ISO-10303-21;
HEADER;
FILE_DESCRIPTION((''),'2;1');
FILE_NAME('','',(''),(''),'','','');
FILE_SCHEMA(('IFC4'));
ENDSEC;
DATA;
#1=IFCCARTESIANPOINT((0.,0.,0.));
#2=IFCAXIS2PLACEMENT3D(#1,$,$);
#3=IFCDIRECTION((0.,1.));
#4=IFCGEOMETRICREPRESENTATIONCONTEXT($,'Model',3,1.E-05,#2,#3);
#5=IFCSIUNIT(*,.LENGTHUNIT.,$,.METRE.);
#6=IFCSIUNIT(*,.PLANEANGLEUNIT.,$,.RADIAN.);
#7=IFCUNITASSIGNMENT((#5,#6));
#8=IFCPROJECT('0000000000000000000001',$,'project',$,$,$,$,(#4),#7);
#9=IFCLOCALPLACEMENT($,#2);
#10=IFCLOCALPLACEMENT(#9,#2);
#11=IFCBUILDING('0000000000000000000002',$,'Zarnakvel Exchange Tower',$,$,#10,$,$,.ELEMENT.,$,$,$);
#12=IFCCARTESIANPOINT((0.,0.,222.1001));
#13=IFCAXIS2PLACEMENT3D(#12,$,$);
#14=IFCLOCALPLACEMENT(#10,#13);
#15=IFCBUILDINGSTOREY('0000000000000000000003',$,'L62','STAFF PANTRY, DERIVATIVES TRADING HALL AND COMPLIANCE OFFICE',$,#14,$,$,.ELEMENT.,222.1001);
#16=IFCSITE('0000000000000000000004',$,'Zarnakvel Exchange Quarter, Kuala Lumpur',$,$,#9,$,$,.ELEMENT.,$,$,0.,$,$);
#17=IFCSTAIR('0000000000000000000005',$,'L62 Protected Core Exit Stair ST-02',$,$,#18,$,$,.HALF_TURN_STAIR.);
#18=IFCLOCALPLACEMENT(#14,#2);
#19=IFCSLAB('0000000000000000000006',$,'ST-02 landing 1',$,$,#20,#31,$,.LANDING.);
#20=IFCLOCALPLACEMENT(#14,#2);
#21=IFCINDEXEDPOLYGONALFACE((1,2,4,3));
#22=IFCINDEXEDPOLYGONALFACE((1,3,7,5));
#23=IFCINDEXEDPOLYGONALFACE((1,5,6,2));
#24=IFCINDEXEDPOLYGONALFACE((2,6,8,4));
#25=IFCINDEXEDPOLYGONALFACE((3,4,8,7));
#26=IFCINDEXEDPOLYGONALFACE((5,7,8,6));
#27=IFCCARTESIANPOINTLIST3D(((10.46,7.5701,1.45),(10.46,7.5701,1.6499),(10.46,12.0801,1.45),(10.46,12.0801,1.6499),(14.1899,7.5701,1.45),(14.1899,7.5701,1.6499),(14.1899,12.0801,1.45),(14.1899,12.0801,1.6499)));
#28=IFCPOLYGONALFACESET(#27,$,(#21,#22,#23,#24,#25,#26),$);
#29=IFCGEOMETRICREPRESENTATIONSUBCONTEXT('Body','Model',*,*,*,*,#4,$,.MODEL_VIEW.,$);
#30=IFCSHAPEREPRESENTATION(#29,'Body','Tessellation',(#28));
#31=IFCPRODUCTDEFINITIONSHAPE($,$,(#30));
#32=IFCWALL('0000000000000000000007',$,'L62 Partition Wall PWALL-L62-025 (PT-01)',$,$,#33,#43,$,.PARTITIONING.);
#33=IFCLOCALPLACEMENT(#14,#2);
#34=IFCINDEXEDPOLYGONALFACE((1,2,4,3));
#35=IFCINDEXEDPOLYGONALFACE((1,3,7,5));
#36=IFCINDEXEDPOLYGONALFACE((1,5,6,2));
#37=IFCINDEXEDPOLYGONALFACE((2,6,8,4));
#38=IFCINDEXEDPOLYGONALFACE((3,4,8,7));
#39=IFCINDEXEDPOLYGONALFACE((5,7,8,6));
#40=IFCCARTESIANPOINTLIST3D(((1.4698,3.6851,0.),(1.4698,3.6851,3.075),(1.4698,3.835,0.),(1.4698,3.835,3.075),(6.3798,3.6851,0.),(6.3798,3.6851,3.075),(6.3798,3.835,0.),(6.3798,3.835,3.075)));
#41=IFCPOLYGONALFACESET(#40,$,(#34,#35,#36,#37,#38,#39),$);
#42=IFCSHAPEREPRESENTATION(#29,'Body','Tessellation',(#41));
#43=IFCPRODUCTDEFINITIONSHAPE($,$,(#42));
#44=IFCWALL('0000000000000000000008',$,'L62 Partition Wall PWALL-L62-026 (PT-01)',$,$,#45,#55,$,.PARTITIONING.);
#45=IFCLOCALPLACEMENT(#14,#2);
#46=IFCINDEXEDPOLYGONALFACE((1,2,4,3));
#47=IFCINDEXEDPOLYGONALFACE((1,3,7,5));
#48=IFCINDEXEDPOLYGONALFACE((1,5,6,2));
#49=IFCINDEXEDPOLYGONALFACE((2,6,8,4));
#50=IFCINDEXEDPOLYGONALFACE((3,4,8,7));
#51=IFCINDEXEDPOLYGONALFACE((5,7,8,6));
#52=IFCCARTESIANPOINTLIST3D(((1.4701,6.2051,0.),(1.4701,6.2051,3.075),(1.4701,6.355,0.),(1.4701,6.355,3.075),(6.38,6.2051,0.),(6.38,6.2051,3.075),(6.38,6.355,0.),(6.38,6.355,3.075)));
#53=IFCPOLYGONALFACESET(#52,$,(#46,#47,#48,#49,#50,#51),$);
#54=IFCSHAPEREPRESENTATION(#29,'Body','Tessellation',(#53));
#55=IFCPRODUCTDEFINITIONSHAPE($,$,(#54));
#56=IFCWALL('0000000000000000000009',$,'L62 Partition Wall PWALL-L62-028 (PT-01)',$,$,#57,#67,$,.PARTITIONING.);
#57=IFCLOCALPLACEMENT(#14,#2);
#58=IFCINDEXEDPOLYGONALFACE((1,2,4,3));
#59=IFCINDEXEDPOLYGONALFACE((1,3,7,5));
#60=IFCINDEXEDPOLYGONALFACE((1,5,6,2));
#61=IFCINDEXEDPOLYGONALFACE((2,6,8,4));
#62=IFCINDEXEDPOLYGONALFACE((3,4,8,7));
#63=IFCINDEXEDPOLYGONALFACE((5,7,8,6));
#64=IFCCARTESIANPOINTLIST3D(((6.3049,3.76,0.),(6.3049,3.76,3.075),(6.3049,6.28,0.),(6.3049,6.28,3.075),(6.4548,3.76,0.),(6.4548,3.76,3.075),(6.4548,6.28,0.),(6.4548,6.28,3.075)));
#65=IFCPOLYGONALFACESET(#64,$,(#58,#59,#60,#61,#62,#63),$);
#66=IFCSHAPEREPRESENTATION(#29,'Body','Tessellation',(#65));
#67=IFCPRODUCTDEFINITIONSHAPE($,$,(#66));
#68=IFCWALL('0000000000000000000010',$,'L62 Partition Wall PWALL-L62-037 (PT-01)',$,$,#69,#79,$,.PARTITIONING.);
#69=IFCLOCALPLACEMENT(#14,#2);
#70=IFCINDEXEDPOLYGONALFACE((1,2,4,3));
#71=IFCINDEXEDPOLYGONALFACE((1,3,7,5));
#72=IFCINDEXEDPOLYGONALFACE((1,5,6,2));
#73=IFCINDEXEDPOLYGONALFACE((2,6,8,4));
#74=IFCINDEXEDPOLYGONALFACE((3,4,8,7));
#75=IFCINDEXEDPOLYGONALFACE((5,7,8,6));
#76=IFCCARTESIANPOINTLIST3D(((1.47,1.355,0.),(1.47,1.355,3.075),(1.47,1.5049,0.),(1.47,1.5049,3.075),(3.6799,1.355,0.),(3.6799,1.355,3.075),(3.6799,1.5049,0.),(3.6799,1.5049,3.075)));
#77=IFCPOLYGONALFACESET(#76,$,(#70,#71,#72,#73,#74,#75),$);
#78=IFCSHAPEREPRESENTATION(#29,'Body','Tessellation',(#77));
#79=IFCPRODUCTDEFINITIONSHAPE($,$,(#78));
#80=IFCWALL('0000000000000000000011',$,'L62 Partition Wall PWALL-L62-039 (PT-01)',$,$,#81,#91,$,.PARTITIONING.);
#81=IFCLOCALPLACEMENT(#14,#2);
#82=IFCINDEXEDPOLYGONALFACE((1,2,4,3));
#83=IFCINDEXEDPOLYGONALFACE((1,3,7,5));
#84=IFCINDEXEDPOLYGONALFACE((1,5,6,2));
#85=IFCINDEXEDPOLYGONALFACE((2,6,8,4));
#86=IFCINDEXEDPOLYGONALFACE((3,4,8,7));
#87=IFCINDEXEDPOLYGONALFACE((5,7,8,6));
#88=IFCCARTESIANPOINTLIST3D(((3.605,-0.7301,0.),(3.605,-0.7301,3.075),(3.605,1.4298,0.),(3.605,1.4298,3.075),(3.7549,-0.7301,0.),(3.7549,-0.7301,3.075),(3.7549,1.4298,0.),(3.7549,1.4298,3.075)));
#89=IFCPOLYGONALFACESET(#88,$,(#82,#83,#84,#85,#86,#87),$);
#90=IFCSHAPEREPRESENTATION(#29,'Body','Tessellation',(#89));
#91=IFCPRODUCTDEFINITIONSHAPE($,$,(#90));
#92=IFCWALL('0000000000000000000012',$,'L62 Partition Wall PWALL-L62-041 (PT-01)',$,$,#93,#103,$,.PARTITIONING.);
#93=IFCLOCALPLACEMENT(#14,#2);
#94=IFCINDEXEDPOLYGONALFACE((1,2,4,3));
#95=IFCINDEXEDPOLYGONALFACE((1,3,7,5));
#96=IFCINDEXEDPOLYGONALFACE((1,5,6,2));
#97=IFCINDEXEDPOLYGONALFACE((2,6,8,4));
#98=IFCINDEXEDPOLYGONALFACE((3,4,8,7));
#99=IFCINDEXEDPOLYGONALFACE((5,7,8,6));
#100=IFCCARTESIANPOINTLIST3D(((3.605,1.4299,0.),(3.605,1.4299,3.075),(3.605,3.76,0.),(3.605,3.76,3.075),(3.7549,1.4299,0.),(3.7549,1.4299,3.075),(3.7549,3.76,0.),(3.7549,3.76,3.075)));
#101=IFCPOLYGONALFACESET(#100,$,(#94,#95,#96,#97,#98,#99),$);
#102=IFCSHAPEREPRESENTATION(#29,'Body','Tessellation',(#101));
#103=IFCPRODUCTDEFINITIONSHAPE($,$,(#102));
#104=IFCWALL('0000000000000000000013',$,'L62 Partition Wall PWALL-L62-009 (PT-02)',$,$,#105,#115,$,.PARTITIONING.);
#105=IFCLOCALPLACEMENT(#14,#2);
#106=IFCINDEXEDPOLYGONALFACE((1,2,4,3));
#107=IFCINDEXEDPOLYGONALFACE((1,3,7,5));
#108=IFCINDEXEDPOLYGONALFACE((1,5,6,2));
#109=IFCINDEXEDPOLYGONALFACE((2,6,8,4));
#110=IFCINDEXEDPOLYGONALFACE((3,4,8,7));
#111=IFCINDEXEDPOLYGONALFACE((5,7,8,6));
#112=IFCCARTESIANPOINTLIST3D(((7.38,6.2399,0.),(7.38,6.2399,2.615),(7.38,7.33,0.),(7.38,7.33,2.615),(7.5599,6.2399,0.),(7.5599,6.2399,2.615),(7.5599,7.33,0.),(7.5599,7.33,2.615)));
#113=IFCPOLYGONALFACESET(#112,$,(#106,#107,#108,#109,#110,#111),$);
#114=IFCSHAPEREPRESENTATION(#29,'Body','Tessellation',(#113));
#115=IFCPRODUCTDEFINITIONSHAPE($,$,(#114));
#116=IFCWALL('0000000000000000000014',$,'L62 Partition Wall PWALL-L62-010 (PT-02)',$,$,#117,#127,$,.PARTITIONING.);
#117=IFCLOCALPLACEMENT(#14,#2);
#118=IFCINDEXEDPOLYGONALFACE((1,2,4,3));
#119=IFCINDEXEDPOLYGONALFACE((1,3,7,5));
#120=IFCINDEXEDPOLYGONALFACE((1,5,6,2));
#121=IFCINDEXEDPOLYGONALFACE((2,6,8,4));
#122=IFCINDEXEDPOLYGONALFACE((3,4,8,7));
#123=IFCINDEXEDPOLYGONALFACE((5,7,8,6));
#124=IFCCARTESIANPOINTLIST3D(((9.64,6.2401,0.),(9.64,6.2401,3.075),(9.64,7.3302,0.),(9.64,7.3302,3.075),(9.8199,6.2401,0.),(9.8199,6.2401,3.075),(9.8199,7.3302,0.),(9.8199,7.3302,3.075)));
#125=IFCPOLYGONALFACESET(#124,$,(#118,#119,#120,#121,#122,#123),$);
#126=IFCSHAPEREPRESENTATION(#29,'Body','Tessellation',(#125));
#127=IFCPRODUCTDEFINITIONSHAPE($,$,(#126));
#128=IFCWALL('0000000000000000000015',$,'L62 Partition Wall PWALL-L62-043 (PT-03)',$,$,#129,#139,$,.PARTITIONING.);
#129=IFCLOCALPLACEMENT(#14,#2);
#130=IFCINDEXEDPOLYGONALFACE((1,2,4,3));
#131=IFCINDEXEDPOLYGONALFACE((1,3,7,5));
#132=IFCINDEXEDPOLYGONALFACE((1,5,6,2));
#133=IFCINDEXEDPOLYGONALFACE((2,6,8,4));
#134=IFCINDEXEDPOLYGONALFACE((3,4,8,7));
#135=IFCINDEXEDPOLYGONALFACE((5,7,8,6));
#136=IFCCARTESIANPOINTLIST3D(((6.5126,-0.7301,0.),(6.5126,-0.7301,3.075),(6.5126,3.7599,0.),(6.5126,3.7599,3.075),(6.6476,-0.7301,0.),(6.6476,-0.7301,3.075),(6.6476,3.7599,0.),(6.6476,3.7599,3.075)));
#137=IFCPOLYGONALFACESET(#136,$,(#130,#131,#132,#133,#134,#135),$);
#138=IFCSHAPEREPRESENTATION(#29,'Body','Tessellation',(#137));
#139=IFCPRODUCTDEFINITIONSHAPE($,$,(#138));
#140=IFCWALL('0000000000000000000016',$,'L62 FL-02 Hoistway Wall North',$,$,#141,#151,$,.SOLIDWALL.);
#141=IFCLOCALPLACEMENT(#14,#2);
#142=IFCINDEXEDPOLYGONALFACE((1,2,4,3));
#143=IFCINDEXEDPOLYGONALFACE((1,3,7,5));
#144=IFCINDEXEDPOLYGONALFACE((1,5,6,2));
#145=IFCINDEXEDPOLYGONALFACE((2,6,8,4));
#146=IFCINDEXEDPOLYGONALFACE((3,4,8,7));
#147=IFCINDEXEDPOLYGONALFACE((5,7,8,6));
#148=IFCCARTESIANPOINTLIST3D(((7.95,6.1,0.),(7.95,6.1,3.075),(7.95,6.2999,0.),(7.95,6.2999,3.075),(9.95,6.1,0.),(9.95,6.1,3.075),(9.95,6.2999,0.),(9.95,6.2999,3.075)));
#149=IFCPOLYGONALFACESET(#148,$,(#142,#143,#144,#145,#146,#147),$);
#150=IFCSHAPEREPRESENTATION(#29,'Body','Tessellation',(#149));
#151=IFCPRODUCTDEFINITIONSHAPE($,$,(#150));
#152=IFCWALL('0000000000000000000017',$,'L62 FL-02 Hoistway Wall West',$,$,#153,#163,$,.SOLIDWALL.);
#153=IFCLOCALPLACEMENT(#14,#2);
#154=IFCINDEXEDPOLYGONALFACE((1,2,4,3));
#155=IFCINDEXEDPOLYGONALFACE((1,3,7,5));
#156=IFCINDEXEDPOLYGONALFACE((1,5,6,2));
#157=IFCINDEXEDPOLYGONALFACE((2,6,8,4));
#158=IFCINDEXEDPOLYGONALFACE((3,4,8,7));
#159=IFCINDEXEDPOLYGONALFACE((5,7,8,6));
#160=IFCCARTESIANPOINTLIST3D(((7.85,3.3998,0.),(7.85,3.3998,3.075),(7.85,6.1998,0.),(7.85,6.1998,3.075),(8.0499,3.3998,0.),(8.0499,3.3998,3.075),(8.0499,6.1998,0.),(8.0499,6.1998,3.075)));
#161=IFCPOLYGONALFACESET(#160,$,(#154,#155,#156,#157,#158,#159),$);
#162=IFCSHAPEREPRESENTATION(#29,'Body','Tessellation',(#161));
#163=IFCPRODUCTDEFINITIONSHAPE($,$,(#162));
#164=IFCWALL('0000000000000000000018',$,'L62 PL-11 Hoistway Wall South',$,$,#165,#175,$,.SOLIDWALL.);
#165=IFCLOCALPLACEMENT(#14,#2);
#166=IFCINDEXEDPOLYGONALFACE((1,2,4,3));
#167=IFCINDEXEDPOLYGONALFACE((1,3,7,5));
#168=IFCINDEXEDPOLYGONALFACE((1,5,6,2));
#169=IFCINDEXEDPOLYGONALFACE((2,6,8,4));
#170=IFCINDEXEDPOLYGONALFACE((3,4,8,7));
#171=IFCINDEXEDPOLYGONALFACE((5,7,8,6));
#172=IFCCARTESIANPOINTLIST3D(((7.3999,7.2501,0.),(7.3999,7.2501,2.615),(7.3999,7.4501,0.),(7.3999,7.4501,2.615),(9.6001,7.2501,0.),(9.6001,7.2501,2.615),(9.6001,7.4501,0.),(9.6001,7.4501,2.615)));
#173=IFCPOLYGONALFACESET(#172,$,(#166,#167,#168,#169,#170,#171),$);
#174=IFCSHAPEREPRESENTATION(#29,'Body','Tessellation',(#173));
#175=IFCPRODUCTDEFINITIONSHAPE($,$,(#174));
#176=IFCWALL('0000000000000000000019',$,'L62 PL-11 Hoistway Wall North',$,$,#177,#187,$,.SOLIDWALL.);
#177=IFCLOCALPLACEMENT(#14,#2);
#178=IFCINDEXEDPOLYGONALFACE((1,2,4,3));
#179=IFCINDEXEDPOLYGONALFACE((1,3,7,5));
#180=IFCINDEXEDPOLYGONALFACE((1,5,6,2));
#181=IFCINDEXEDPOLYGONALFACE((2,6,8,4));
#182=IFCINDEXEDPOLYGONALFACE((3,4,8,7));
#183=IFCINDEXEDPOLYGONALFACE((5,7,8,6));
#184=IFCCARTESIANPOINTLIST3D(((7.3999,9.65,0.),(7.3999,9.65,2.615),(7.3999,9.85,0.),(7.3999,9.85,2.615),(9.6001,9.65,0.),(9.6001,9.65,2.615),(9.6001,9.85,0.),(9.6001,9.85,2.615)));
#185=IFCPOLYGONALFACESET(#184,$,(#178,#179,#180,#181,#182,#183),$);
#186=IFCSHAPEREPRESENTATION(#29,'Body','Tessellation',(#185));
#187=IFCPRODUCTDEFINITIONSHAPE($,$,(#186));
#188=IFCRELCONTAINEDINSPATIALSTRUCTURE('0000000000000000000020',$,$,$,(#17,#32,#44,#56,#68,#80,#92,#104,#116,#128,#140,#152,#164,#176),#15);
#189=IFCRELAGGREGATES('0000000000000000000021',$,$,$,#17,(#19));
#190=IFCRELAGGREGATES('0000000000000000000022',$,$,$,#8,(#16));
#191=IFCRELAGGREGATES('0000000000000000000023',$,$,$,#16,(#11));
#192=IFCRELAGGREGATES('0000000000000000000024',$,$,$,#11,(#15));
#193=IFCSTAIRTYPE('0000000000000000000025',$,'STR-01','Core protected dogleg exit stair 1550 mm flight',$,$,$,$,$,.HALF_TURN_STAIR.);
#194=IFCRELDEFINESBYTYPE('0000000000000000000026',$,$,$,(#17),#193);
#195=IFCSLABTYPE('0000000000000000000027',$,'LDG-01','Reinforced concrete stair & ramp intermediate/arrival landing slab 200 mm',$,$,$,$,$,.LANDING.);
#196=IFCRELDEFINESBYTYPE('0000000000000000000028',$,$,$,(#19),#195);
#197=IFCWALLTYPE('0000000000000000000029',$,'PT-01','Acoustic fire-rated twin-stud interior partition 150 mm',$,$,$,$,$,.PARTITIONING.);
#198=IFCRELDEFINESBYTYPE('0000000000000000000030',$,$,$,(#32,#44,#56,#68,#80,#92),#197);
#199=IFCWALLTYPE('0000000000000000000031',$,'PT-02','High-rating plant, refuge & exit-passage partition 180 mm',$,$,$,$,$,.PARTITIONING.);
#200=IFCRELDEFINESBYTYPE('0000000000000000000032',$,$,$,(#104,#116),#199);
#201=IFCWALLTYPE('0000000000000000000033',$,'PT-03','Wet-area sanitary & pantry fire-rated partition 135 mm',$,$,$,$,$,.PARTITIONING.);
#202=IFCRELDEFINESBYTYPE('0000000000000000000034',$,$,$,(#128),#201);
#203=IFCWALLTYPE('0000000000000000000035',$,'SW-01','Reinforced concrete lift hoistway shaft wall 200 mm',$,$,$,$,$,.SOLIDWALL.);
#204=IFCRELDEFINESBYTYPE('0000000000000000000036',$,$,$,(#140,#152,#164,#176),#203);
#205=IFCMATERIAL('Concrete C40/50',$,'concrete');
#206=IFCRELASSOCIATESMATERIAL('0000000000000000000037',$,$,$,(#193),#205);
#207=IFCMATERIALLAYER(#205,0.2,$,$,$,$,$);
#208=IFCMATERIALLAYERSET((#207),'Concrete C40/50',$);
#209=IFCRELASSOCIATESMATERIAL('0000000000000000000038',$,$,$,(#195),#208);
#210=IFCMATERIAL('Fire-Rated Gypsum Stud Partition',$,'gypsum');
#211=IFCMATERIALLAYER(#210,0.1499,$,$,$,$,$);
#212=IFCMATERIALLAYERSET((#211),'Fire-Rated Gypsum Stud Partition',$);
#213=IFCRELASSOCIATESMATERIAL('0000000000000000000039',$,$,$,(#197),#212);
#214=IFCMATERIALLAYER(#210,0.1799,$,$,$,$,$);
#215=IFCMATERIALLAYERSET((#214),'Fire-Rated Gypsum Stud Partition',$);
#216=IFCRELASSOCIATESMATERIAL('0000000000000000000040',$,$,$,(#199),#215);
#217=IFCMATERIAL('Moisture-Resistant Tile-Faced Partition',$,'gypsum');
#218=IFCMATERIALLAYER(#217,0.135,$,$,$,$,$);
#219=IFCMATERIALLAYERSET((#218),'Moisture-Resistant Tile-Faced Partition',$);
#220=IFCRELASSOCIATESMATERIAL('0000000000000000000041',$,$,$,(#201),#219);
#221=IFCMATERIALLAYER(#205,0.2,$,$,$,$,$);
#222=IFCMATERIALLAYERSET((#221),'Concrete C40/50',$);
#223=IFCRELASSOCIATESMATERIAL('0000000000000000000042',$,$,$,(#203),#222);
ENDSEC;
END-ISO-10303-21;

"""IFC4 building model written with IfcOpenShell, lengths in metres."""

from ifc_helpers import new_model, si_unit, direction, frame, frame_2d, origin, place, context, subcontext, project, spatial, polyline, rectangle, outline, extrude, material, layer, layer_set, type_object, element, aggregate, save


model = new_model("IFC4")

# Units and contexts
model_context = context("Model", 3, precision=1e-05, world=origin(), true_north=direction((0.0, 1.0)))
body_context = subcontext(model_context, "Body", "Model", "MODEL_VIEW")
ifc_project = project(units=[si_unit("LENGTHUNIT", "METRE"), si_unit("PLANEANGLEUNIT", "RADIAN")], contexts=[model_context])

# Site, building, storey
site_placement = place(None, origin())
site = spatial("IfcSite", under=ifc_project, at=site_placement, Name="Zarnakvel Exchange Quarter, Kuala Lumpur", CompositionType="ELEMENT", RefElevation=0.0)
building_placement = place(site_placement, origin())
building = spatial("IfcBuilding", under=site, at=building_placement, Name="Zarnakvel Exchange Tower", CompositionType="ELEMENT")
storey_placement = place(building_placement, frame((0.0, 0.0, 222.1001)))
storey = spatial("IfcBuildingStorey", under=building, at=storey_placement, Name="L62", Description="STAFF PANTRY, DERIVATIVES TRADING HALL AND COMPLIANCE OFFICE", CompositionType="ELEMENT", Elevation=222.1001)

# Stair, slab
ifc_material_1 = material(Name="Concrete C40/50", Category="concrete")
stair_type = type_object("IfcStairType", Name="STR-01", Description="Core protected dogleg exit stair 1550 mm flight", PredefinedType="HALF_TURN_STAIR", material=ifc_material_1)
stair_placement = place(storey_placement, origin())
stair = element("IfcStair", 1, at=stair_placement, inside=storey, type_object=stair_type, Name="L62 Protected Core Exit Stair ST-02", PredefinedType="HALF_TURN_STAIR")
ifc_layer_1 = layer(ifc_material_1, 0.2)
ifc_layer_set_1 = layer_set([ifc_layer_1], Name="Concrete C40/50")
slab_type = type_object("IfcSlabType", Name="LDG-01", Description="Reinforced concrete stair & ramp intermediate/arrival landing slab 200 mm", PredefinedType="LANDING", material=ifc_layer_set_1)
slab_placement = place(storey_placement, frame((0.0, 0.0, 1.45)))
slab = element("IfcSlab", 2, at=slab_placement, type_object=slab_type, Name="ST-02 landing 1", PredefinedType="LANDING", context=body_context, shape_type="SweptSolid", body=[
    extrude(outline(polyline([(10.46, 7.5701), (14.1899, 7.5701), (14.1899, 12.0801), (10.46, 12.0801), (10.46, 7.5701)])), origin(), (0.0, 0.0, 1.0), 0.2),
])
aggregate(stair, [slab])

# Walls
ifc_material_2 = material(Name="Fire-Rated Gypsum Stud Partition", Category="gypsum")
ifc_layer_2 = layer(ifc_material_2, 0.1499)
ifc_layer_set_2 = layer_set([ifc_layer_2], Name="Fire-Rated Gypsum Stud Partition")
wall_type_1 = type_object("IfcWallType", Name="PT-01", Description="Acoustic fire-rated twin-stud interior partition 150 mm", PredefinedType="PARTITIONING", material=ifc_layer_set_2)
for number, where, z_axis, x_axis, name in (
    (3, (6.3799, 3.76, 0.0), (0.0, 0.0, 1.0), (-1.0, 0.0, 0.0), "L62 Partition Wall PWALL-L62-025 (PT-01)"),
    (4, (1.47, 6.28, 0.0), (0.0, 0.0, 1.0), (1.0, 0.0, 0.0), "L62 Partition Wall PWALL-L62-026 (PT-01)"),
):
    element("IfcWall", number, at=place(storey_placement, frame(where, z_axis=z_axis, x_axis=x_axis)), inside=storey, type_object=wall_type_1, Name=name, PredefinedType="PARTITIONING", context=body_context, shape_type="SweptSolid", body=[
        extrude(rectangle(XDim=4.9099, YDim=0.1499, at=frame_2d((2.4551, 0.0))), origin(), (0.0, 0.0, 1.0), 3.075),
    ])

# Walls
wall_1_placement = place(storey_placement, frame((6.3799, 6.28, 0.0), z_axis=(0.0, 0.0, 1.0), x_axis=(0.0, -1.0, 0.0)))
element("IfcWall", 5, at=wall_1_placement, inside=storey, type_object=wall_type_1, Name="L62 Partition Wall PWALL-L62-028 (PT-01)", PredefinedType="PARTITIONING", context=body_context, shape_type="SweptSolid", body=[
    extrude(rectangle(XDim=2.52, YDim=0.1499, at=frame_2d((1.26, 0.0))), origin(), (0.0, 0.0, 1.0), 3.075),
])
wall_2_placement = place(storey_placement, frame((1.47, 1.4299, 0.0), z_axis=(0.0, 0.0, 1.0), x_axis=(1.0, 0.0, 0.0)))
element("IfcWall", 6, at=wall_2_placement, inside=storey, type_object=wall_type_1, Name="L62 Partition Wall PWALL-L62-037 (PT-01)", PredefinedType="PARTITIONING", context=body_context, shape_type="SweptSolid", body=[
    extrude(rectangle(XDim=2.21, YDim=0.1499, at=frame_2d((1.105, 0.0))), origin(), (0.0, 0.0, 1.0), 3.075),
])
wall_3_placement = place(storey_placement, frame((3.6799, 1.4299, 0.0), z_axis=(0.0, 0.0, 1.0), x_axis=(0.0, -1.0, 0.0)))
element("IfcWall", 7, at=wall_3_placement, inside=storey, type_object=wall_type_1, Name="L62 Partition Wall PWALL-L62-039 (PT-01)", PredefinedType="PARTITIONING", context=body_context, shape_type="SweptSolid", body=[
    extrude(rectangle(XDim=2.1599, YDim=0.1499, at=frame_2d((1.0801, 0.0))), origin(), (0.0, 0.0, 1.0), 3.075),
])

# Walls
wall_4_placement = place(storey_placement, frame((3.6799, 3.76, 0.0), z_axis=(0.0, 0.0, 1.0), x_axis=(0.0, -1.0, 0.0)))
element("IfcWall", 8, at=wall_4_placement, inside=storey, type_object=wall_type_1, Name="L62 Partition Wall PWALL-L62-041 (PT-01)", PredefinedType="PARTITIONING", context=body_context, shape_type="SweptSolid", body=[
    extrude(rectangle(XDim=2.3301, YDim=0.1499, at=frame_2d((1.165, 0.0))), origin(), (0.0, 0.0, 1.0), 3.075),
])
ifc_layer_3 = layer(ifc_material_2, 0.1799)
ifc_layer_set_3 = layer_set([ifc_layer_3], Name="Fire-Rated Gypsum Stud Partition")
wall_type_2 = type_object("IfcWallType", Name="PT-02", Description="High-rating plant, refuge & exit-passage partition 180 mm", PredefinedType="PARTITIONING", material=ifc_layer_set_3)
wall_5_placement = place(storey_placement, frame((7.47, 6.24, 0.0), z_axis=(0.0, 0.0, 1.0), x_axis=(0.0, 1.0, 0.0)))
element("IfcWall", 9, at=wall_5_placement, inside=storey, type_object=wall_type_2, Name="L62 Partition Wall PWALL-L62-009 (PT-02)", PredefinedType="PARTITIONING", context=body_context, shape_type="SweptSolid", body=[
    extrude(rectangle(XDim=1.0901, YDim=0.1799, at=frame_2d((0.5449, 0.0))), origin(), (0.0, 0.0, 1.0), 2.615),
])
wall_6_placement = place(storey_placement, frame((9.73, 7.3301, 0.0), z_axis=(0.0, 0.0, 1.0), x_axis=(0.0, -1.0, 0.0)))
element("IfcWall", 10, at=wall_6_placement, inside=storey, type_object=wall_type_2, Name="L62 Partition Wall PWALL-L62-010 (PT-02)", PredefinedType="PARTITIONING", context=body_context, shape_type="SweptSolid", body=[
    extrude(rectangle(XDim=1.0901, YDim=0.1799, at=frame_2d((0.5449, 0.0))), origin(), (0.0, 0.0, 1.0), 3.075),
])
ifc_material_3 = material(Name="Moisture-Resistant Tile-Faced Partition", Category="gypsum")
ifc_layer_4 = layer(ifc_material_3, 0.135)
ifc_layer_set_4 = layer_set([ifc_layer_4], Name="Moisture-Resistant Tile-Faced Partition")
wall_type_3 = type_object("IfcWallType", Name="PT-03", Description="Wet-area sanitary & pantry fire-rated partition 135 mm", PredefinedType="PARTITIONING", material=ifc_layer_set_4)
wall_7_placement = place(storey_placement, frame((6.5801, 3.76, 0.0), z_axis=(0.0, 0.0, 1.0), x_axis=(0.0, -1.0, 0.0)))
element("IfcWall", 11, at=wall_7_placement, inside=storey, type_object=wall_type_3, Name="L62 Partition Wall PWALL-L62-043 (PT-03)", PredefinedType="PARTITIONING", context=body_context, shape_type="SweptSolid", body=[
    extrude(rectangle(XDim=4.49, YDim=0.135, at=frame_2d((2.2451, 0.0))), origin(), (0.0, 0.0, 1.0), 3.075),
])
ifc_layer_5 = layer(ifc_material_1, 0.2)
ifc_layer_set_5 = layer_set([ifc_layer_5], Name="Concrete C40/50")
wall_type_4 = type_object("IfcWallType", Name="SW-01", Description="Reinforced concrete lift hoistway shaft wall 200 mm", PredefinedType="SOLIDWALL", material=ifc_layer_set_5)
wall_8_placement = place(storey_placement, frame((7.95, 6.2, 0.0), z_axis=(0.0, 0.0, 1.0), x_axis=(1.0, 0.0, 0.0)))
element("IfcWall", 12, at=wall_8_placement, inside=storey, type_object=wall_type_4, Name="L62 FL-02 Hoistway Wall North", PredefinedType="SOLIDWALL", context=body_context, shape_type="SweptSolid", body=[
    extrude(rectangle(XDim=2.0, YDim=0.2, at=frame_2d((1.0, 0.0))), origin(), (0.0, 0.0, 1.0), 3.075),
])
wall_9_placement = place(storey_placement, frame((7.95, 3.3999, 0.0), z_axis=(0.0, 0.0, 1.0), x_axis=(0.0, 1.0, 0.0)))
element("IfcWall", 13, at=wall_9_placement, inside=storey, type_object=wall_type_4, Name="L62 FL-02 Hoistway Wall West", PredefinedType="SOLIDWALL", context=body_context, shape_type="SweptSolid", body=[
    extrude(rectangle(XDim=2.8, YDim=0.2, at=frame_2d((1.3999, 0.0))), origin(), (0.0, 0.0, 1.0), 3.075),
])
for number, where, z_axis, x_axis, name in (
    (14, (9.6001, 7.3501, 0.0), (0.0, 0.0, 1.0), (-1.0, 0.0, 0.0), "L62 PL-11 Hoistway Wall South"),
    (15, (7.3999, 9.75, 0.0), (0.0, 0.0, 1.0), (1.0, 0.0, 0.0), "L62 PL-11 Hoistway Wall North"),
):
    element("IfcWall", number, at=place(storey_placement, frame(where, z_axis=z_axis, x_axis=x_axis)), inside=storey, type_object=wall_type_4, Name=name, PredefinedType="SOLIDWALL", context=body_context, shape_type="SweptSolid", body=[
        extrude(rectangle(XDim=2.2002, YDim=0.2, at=frame_2d((1.1001, 0.0))), origin(), (0.0, 0.0, 1.0), 2.615),
    ])

save(model, "model.ifc")
